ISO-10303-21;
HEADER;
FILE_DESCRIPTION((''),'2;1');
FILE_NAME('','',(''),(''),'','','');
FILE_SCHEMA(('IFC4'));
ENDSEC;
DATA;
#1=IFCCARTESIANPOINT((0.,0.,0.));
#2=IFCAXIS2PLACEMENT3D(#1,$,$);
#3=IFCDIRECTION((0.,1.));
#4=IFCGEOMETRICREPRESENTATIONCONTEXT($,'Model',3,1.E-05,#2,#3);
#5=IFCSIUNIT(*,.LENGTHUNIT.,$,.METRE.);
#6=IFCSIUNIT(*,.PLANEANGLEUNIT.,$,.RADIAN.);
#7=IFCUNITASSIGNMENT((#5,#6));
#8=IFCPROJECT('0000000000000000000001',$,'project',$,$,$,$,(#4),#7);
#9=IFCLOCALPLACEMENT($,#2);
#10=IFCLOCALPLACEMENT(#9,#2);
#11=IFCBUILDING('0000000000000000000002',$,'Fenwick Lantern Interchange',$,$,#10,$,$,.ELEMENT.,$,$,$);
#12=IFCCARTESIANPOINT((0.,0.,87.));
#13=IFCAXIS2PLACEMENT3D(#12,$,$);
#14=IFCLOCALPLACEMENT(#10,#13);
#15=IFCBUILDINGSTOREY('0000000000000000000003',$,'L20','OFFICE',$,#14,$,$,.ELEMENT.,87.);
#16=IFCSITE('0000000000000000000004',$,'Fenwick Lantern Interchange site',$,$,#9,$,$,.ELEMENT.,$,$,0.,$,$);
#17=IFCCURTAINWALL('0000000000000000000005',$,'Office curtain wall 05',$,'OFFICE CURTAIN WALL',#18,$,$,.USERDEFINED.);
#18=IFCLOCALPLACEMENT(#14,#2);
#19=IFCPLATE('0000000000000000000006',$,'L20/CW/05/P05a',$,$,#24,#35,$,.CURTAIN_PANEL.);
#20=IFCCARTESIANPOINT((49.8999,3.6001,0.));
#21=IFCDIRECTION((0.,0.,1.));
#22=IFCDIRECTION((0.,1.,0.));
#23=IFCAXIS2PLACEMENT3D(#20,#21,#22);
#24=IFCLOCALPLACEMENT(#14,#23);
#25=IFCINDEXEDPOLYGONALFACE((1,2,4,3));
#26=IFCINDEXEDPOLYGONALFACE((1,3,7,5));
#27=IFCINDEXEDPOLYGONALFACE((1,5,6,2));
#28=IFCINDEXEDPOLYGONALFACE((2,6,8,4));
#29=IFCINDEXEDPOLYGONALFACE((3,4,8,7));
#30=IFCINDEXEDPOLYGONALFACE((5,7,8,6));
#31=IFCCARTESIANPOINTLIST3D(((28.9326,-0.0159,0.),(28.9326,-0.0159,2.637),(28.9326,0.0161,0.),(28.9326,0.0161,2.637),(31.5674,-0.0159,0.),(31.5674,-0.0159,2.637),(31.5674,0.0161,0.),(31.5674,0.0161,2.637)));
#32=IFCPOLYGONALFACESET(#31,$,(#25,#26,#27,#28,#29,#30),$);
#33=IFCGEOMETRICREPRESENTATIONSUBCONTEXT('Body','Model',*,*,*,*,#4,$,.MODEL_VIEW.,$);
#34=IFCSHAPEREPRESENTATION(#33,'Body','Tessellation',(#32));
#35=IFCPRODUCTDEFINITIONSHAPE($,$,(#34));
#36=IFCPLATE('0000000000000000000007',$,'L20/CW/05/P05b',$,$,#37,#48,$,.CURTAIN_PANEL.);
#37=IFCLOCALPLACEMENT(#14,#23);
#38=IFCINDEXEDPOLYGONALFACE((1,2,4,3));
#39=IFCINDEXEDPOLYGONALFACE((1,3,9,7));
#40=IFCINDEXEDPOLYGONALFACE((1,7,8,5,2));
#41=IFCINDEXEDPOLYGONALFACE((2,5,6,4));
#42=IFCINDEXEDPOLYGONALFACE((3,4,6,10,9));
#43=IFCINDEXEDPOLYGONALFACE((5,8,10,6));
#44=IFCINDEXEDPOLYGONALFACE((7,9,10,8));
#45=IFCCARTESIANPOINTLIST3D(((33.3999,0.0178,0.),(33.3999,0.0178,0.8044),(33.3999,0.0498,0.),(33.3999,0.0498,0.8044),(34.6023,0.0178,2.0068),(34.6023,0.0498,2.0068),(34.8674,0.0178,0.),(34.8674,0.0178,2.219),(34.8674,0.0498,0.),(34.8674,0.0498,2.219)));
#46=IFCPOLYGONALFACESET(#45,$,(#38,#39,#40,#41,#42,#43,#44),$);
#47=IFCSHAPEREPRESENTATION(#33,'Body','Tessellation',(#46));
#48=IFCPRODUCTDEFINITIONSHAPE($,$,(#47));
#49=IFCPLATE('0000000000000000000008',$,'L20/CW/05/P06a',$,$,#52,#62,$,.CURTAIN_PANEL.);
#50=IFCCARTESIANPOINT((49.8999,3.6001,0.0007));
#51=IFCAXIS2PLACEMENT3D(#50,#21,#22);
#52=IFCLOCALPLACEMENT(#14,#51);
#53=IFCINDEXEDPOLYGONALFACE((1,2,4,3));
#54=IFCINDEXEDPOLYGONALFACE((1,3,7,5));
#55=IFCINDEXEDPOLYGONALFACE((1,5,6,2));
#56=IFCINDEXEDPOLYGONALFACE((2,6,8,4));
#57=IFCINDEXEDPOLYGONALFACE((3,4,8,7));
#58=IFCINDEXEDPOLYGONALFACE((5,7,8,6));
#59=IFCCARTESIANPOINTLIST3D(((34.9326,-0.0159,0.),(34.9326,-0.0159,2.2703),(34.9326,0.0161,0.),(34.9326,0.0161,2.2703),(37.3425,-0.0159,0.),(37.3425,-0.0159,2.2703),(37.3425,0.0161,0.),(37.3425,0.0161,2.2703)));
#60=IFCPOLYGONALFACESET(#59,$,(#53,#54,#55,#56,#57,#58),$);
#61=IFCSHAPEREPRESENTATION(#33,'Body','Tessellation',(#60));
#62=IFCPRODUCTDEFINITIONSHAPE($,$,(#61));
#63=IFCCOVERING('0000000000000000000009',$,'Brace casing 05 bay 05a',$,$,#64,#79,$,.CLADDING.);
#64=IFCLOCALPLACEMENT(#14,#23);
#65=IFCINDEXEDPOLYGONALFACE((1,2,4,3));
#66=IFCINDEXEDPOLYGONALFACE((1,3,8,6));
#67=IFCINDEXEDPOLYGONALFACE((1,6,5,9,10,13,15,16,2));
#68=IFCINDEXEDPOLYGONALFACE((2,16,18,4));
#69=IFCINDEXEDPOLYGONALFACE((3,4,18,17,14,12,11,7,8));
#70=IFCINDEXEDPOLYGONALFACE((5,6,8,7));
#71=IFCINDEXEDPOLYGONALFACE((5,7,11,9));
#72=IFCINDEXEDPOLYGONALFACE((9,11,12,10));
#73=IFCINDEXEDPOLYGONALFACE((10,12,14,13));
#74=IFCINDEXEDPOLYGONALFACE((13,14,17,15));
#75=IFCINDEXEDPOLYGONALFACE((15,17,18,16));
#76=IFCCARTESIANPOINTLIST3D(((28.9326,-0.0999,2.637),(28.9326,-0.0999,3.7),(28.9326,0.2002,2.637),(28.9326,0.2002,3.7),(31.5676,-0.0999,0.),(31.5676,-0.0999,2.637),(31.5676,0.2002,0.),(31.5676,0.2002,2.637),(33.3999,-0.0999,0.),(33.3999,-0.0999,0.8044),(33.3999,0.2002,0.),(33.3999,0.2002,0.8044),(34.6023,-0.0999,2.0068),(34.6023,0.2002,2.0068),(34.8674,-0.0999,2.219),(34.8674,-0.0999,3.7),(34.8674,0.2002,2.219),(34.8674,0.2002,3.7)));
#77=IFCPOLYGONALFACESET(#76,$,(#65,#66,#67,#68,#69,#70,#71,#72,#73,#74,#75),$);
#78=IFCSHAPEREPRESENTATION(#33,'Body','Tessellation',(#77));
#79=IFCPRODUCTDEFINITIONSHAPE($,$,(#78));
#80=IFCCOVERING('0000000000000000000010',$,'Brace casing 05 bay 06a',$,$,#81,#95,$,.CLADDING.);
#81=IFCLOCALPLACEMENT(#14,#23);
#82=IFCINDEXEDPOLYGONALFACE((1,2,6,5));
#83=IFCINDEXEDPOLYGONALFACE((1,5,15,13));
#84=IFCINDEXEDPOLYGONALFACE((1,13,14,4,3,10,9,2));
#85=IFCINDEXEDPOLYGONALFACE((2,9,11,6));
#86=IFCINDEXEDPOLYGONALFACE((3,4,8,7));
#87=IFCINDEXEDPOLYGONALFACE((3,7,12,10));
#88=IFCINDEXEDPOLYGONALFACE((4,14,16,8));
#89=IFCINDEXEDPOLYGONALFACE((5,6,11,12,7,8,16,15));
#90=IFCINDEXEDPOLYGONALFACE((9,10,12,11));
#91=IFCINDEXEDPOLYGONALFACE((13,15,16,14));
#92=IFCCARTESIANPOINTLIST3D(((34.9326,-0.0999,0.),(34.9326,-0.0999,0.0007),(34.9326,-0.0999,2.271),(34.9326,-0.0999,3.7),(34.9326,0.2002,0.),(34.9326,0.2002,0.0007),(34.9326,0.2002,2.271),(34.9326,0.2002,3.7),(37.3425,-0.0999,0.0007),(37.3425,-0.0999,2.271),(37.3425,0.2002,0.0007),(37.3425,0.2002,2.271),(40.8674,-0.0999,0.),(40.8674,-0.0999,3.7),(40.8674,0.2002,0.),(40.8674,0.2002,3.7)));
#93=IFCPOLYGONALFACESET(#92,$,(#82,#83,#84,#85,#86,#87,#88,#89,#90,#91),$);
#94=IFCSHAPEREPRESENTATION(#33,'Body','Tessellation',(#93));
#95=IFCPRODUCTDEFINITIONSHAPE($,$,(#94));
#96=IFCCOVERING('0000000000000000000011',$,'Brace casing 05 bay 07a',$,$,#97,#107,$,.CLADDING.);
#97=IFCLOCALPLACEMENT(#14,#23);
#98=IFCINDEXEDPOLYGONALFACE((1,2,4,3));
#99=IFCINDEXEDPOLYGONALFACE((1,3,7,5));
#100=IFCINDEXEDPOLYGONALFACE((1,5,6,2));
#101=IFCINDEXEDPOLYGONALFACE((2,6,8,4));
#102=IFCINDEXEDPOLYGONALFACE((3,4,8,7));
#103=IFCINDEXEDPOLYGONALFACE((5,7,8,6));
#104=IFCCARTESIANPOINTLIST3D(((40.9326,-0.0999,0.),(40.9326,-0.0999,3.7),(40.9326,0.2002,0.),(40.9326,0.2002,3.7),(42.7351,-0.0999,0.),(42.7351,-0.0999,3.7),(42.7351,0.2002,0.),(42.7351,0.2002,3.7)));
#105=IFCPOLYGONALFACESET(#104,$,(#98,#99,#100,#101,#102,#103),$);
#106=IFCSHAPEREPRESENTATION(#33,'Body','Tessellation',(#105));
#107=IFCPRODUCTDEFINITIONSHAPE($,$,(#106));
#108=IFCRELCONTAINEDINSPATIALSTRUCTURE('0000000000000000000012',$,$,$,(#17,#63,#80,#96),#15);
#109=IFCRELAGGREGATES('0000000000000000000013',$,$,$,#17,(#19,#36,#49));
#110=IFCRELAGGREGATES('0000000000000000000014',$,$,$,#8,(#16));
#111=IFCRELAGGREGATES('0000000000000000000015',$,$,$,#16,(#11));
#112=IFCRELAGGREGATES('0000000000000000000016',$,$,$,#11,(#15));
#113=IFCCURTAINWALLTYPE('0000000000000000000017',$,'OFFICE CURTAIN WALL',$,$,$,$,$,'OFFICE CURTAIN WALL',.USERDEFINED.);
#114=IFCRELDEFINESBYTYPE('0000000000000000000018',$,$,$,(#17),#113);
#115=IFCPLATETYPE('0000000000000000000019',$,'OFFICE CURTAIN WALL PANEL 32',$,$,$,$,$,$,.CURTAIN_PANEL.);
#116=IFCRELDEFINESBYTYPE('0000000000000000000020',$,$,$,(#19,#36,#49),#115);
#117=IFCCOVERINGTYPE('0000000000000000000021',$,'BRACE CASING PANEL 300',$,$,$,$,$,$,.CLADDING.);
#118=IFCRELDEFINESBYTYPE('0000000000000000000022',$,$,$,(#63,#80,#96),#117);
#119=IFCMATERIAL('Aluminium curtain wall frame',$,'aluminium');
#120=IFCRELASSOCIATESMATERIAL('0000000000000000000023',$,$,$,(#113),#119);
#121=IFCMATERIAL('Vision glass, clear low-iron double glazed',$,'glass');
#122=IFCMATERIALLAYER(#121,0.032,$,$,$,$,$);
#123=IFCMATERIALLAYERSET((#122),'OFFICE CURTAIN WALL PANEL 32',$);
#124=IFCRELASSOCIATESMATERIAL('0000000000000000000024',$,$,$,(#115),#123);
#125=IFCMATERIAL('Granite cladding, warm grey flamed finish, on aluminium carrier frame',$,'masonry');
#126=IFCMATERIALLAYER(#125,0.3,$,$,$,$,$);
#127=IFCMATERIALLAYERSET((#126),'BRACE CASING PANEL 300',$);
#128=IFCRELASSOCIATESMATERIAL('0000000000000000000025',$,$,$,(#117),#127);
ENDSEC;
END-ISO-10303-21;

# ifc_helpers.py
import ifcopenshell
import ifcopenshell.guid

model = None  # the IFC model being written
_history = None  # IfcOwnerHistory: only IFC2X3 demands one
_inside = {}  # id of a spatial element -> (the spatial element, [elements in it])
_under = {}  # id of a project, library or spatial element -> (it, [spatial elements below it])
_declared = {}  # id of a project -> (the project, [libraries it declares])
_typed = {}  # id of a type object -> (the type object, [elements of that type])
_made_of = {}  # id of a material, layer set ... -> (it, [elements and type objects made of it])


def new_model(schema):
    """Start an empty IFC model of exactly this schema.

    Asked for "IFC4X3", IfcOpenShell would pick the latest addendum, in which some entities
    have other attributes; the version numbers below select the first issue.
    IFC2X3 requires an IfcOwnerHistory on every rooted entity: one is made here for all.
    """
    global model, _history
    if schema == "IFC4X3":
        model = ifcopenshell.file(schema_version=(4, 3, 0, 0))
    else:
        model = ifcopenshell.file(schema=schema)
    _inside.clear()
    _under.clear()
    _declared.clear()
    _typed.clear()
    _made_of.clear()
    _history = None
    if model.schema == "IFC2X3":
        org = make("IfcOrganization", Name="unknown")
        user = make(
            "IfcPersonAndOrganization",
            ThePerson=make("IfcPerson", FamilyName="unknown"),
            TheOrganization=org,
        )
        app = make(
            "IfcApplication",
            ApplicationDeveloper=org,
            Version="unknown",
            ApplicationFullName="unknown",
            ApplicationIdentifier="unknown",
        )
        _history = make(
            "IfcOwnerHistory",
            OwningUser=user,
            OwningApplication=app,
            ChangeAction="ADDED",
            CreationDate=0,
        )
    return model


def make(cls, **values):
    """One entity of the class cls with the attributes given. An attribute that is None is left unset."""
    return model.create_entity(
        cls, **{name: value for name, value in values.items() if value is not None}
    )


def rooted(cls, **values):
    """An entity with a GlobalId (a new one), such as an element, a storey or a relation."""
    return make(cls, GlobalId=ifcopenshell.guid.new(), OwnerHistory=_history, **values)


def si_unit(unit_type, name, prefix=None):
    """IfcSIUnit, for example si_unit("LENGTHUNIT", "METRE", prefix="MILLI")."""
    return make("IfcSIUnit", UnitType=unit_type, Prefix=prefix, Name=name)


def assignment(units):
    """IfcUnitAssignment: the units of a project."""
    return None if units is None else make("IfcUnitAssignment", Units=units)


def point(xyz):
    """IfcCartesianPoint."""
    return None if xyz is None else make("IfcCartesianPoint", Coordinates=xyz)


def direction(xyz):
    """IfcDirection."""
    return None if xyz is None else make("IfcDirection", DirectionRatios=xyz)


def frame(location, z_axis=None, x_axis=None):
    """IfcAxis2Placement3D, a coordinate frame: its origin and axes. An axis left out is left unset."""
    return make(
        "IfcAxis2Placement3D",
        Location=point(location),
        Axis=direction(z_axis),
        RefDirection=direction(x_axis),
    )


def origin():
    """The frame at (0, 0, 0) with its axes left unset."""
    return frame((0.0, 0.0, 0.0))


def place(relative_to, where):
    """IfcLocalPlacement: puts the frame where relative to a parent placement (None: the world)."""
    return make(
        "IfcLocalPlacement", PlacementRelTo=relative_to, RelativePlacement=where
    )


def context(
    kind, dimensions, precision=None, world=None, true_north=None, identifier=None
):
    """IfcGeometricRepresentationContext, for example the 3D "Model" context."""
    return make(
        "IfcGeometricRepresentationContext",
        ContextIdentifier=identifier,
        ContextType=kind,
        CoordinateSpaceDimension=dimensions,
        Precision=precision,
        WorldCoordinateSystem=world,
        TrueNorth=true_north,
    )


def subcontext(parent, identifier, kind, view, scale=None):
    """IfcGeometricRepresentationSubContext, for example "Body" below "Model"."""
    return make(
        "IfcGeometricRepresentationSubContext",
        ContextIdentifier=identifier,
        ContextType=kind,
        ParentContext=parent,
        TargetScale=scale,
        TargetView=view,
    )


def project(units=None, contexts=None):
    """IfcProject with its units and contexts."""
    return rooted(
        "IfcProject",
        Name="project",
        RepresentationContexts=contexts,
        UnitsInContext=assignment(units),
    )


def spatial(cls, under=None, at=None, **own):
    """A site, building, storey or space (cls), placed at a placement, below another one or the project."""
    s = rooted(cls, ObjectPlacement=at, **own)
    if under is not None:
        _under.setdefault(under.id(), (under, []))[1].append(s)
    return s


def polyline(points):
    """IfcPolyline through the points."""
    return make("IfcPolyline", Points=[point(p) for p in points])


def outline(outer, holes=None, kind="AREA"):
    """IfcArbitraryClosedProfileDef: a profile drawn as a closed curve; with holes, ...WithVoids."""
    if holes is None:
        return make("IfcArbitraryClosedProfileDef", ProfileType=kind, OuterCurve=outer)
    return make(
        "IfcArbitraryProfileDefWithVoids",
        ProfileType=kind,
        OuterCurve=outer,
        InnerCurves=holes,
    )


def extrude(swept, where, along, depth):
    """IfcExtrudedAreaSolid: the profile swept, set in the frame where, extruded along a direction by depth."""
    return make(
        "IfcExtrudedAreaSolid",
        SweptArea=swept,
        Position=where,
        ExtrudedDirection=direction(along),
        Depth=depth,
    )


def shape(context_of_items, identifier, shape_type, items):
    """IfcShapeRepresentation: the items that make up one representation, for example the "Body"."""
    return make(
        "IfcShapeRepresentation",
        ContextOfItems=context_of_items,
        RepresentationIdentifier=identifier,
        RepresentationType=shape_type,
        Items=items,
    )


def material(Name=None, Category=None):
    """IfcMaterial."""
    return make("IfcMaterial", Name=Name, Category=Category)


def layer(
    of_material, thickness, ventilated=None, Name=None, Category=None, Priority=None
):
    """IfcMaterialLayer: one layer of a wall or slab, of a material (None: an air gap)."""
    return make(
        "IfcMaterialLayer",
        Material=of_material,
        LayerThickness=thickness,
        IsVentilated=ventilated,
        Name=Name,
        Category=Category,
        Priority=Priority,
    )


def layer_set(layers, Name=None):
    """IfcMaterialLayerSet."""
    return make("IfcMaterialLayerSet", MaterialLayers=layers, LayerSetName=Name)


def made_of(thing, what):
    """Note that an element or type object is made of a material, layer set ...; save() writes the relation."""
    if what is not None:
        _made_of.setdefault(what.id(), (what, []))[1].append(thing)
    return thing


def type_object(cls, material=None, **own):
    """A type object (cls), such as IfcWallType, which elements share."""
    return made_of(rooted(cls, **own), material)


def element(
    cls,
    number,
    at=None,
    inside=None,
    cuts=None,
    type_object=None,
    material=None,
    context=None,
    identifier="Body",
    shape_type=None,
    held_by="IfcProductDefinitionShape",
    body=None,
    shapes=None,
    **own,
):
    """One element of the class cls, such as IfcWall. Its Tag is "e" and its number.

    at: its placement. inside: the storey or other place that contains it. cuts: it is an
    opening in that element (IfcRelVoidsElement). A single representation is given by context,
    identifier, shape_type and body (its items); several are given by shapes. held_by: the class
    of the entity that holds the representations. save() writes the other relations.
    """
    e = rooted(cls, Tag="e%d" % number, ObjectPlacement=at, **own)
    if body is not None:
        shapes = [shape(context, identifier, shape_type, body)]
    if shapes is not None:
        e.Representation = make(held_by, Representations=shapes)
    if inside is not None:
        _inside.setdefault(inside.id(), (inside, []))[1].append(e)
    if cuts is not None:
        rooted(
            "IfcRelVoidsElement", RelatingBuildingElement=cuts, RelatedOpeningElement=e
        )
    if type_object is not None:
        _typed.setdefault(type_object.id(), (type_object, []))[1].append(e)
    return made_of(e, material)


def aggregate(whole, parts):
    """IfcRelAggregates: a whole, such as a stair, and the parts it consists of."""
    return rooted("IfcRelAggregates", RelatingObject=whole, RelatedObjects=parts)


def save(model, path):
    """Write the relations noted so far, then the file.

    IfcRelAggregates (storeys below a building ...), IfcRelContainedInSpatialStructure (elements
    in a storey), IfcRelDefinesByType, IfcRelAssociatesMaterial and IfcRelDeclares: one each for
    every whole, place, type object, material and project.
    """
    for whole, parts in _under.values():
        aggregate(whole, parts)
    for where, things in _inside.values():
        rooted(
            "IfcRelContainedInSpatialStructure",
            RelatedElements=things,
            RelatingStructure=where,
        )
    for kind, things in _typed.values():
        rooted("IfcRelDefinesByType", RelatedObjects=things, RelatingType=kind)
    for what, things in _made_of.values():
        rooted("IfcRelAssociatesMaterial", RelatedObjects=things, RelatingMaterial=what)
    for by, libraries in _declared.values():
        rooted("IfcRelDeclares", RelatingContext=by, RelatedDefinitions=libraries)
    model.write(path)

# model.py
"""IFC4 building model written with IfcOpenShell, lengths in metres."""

from ifc_helpers import new_model, si_unit, direction, frame, origin, place, context, subcontext, project, spatial, polyline, outline, extrude, material, layer, layer_set, type_object, element, aggregate, save


model = new_model("IFC4")

# Units and contexts
model_context = context("Model", 3, precision=1e-05, world=origin(), true_north=direction((0.0, 1.0)))
body_context = subcontext(model_context, "Body", "Model", "MODEL_VIEW")
ifc_project = project(units=[si_unit("LENGTHUNIT", "METRE"), si_unit("PLANEANGLEUNIT", "RADIAN")], contexts=[model_context])

# Site, building, storey
site_placement = place(None, origin())
site = spatial("IfcSite", under=ifc_project, at=site_placement, Name="Fenwick Lantern Interchange site", CompositionType="ELEMENT", RefElevation=0.0)
building_placement = place(site_placement, origin())
building = spatial("IfcBuilding", under=site, at=building_placement, Name="Fenwick Lantern Interchange", CompositionType="ELEMENT")
storey_placement = place(building_placement, frame((0.0, 0.0, 87.0)))
storey = spatial("IfcBuildingStorey", under=building, at=storey_placement, Name="L20", Description="OFFICE", CompositionType="ELEMENT", Elevation=87.0)

# Curtain wall, plates
ifc_material_1 = material(Name="Aluminium curtain wall frame", Category="aluminium")
curtain_wall_type = type_object("IfcCurtainWallType", Name="OFFICE CURTAIN WALL", ElementType="OFFICE CURTAIN WALL", PredefinedType="USERDEFINED", material=ifc_material_1)
curtain_wall_placement = place(storey_placement, origin())
curtain_wall = element("IfcCurtainWall", 1, at=curtain_wall_placement, inside=storey, type_object=curtain_wall_type, Name="Office curtain wall 05", ObjectType="OFFICE CURTAIN WALL", PredefinedType="USERDEFINED")
ifc_material_2 = material(Name="Vision glass, clear low-iron double glazed", Category="glass")
ifc_layer_1 = layer(ifc_material_2, 0.032)
ifc_layer_set_1 = layer_set([ifc_layer_1], Name="OFFICE CURTAIN WALL PANEL 32")
plate_type = type_object("IfcPlateType", Name="OFFICE CURTAIN WALL PANEL 32", PredefinedType="CURTAIN_PANEL", material=ifc_layer_set_1)
plate_1_placement = place(storey_placement, frame((49.8999, 3.6001, 0.0), z_axis=(0.0, 0.0, 1.0), x_axis=(0.0, 1.0, 0.0)))
plate_1 = element("IfcPlate", 2, at=plate_1_placement, type_object=plate_type, Name="L20/CW/05/P05a", PredefinedType="CURTAIN_PANEL", context=body_context, shape_type="SweptSolid", body=[
    extrude(outline(polyline([(28.9326, 0.0), (31.5674, 0.0), (31.5674, 2.637), (28.9326, 2.637), (28.9326, 0.0)])), frame((0.0, 0.0161, 0.0), z_axis=(0.0, -1.0, 0.0), x_axis=(1.0, 0.0, 0.0)), (0.0, 0.0, 1.0), 0.032),
])
plate_2_placement = place(storey_placement, frame((49.8999, 3.6001, 0.0), z_axis=(0.0, 0.0, 1.0), x_axis=(0.0, 1.0, 0.0)))
plate_2 = element("IfcPlate", 3, at=plate_2_placement, type_object=plate_type, Name="L20/CW/05/P05b", PredefinedType="CURTAIN_PANEL", context=body_context, shape_type="SweptSolid", body=[
    extrude(outline(polyline([(33.3999, 0.0), (34.8674, 0.0), (34.8674, 2.219), (34.6023, 2.0068), (33.3999, 0.8044), (33.3999, 0.0)])), frame((0.0, 0.0498, 0.0), z_axis=(0.0, -1.0, 0.0), x_axis=(1.0, 0.0, 0.0)), (0.0, 0.0, 1.0), 0.032),
])
plate_3_placement = place(storey_placement, frame((49.8999, 3.6001, 0.0007), z_axis=(0.0, 0.0, 1.0), x_axis=(0.0, 1.0, 0.0)))
plate_3 = element("IfcPlate", 4, at=plate_3_placement, type_object=plate_type, Name="L20/CW/05/P06a", PredefinedType="CURTAIN_PANEL", context=body_context, shape_type="SweptSolid", body=[
    extrude(outline(polyline([(34.9326, 0.0), (37.3425, 0.0), (37.3425, 2.2703), (34.9326, 2.2703), (34.9326, 0.0)])), frame((0.0, 0.0161, 0.0), z_axis=(0.0, -1.0, 0.0), x_axis=(1.0, 0.0, 0.0)), (0.0, 0.0, 1.0), 0.032),
])
aggregate(curtain_wall, [plate_1, plate_2, plate_3])

# Coverings
ifc_material_3 = material(Name="Granite cladding, warm grey flamed finish, on aluminium carrier frame", Category="masonry")
ifc_layer_2 = layer(ifc_material_3, 0.3)
ifc_layer_set_2 = layer_set([ifc_layer_2], Name="BRACE CASING PANEL 300")
covering_type = type_object("IfcCoveringType", Name="BRACE CASING PANEL 300", PredefinedType="CLADDING", material=ifc_layer_set_2)
covering_1_placement = place(storey_placement, frame((49.8999, 3.6001, 0.0), z_axis=(0.0, 0.0, 1.0), x_axis=(0.0, 1.0, 0.0)))
element("IfcCovering", 5, at=covering_1_placement, inside=storey, type_object=covering_type, Name="Brace casing 05 bay 05a", PredefinedType="CLADDING", context=body_context, shape_type="SweptSolid", body=[
    extrude(outline(polyline([(31.5676, 0.0), (33.3999, 0.0), (33.3999, 0.8044), (34.6023, 2.0068), (34.8674, 2.219), (34.8674, 3.7), (28.9326, 3.7), (28.9326, 2.637), (31.5676, 2.637), (31.5676, 0.0)])), frame((0.0, 0.2002, 0.0), z_axis=(0.0, -1.0, 0.0), x_axis=(1.0, 0.0, 0.0)), (0.0, 0.0, 1.0), 0.3),
])
covering_2_placement = place(storey_placement, frame((49.8999, 3.6001, 0.0), z_axis=(0.0, 0.0, 1.0), x_axis=(0.0, 1.0, 0.0)))
element("IfcCovering", 6, at=covering_2_placement, inside=storey, type_object=covering_type, Name="Brace casing 05 bay 06a", PredefinedType="CLADDING", context=body_context, shape_type="SweptSolid", body=[
    extrude(outline(polyline([(34.9326, 0.0), (40.8674, 0.0), (40.8674, 3.7), (34.9326, 3.7), (34.9326, 2.271), (37.3425, 2.271), (37.3425, 0.0007), (34.9326, 0.0007), (34.9326, 0.0)])), frame((0.0, 0.2002, 0.0), z_axis=(0.0, -1.0, 0.0), x_axis=(1.0, 0.0, 0.0)), (0.0, 0.0, 1.0), 0.3),
])
covering_3_placement = place(storey_placement, frame((49.8999, 3.6001, 0.0), z_axis=(0.0, 0.0, 1.0), x_axis=(0.0, 1.0, 0.0)))
element("IfcCovering", 7, at=covering_3_placement, inside=storey, type_object=covering_type, Name="Brace casing 05 bay 07a", PredefinedType="CLADDING", context=body_context, shape_type="SweptSolid", body=[
    extrude(outline(polyline([(40.9326, 0.0), (42.7351, 0.0), (42.7351, 3.7), (40.9326, 3.7), (40.9326, 0.0)])), frame((0.0, 0.2002, 0.0), z_axis=(0.0, -1.0, 0.0), x_axis=(1.0, 0.0, 0.0)), (0.0, 0.0, 1.0), 0.3),
])

save(model, "model.ifc")
